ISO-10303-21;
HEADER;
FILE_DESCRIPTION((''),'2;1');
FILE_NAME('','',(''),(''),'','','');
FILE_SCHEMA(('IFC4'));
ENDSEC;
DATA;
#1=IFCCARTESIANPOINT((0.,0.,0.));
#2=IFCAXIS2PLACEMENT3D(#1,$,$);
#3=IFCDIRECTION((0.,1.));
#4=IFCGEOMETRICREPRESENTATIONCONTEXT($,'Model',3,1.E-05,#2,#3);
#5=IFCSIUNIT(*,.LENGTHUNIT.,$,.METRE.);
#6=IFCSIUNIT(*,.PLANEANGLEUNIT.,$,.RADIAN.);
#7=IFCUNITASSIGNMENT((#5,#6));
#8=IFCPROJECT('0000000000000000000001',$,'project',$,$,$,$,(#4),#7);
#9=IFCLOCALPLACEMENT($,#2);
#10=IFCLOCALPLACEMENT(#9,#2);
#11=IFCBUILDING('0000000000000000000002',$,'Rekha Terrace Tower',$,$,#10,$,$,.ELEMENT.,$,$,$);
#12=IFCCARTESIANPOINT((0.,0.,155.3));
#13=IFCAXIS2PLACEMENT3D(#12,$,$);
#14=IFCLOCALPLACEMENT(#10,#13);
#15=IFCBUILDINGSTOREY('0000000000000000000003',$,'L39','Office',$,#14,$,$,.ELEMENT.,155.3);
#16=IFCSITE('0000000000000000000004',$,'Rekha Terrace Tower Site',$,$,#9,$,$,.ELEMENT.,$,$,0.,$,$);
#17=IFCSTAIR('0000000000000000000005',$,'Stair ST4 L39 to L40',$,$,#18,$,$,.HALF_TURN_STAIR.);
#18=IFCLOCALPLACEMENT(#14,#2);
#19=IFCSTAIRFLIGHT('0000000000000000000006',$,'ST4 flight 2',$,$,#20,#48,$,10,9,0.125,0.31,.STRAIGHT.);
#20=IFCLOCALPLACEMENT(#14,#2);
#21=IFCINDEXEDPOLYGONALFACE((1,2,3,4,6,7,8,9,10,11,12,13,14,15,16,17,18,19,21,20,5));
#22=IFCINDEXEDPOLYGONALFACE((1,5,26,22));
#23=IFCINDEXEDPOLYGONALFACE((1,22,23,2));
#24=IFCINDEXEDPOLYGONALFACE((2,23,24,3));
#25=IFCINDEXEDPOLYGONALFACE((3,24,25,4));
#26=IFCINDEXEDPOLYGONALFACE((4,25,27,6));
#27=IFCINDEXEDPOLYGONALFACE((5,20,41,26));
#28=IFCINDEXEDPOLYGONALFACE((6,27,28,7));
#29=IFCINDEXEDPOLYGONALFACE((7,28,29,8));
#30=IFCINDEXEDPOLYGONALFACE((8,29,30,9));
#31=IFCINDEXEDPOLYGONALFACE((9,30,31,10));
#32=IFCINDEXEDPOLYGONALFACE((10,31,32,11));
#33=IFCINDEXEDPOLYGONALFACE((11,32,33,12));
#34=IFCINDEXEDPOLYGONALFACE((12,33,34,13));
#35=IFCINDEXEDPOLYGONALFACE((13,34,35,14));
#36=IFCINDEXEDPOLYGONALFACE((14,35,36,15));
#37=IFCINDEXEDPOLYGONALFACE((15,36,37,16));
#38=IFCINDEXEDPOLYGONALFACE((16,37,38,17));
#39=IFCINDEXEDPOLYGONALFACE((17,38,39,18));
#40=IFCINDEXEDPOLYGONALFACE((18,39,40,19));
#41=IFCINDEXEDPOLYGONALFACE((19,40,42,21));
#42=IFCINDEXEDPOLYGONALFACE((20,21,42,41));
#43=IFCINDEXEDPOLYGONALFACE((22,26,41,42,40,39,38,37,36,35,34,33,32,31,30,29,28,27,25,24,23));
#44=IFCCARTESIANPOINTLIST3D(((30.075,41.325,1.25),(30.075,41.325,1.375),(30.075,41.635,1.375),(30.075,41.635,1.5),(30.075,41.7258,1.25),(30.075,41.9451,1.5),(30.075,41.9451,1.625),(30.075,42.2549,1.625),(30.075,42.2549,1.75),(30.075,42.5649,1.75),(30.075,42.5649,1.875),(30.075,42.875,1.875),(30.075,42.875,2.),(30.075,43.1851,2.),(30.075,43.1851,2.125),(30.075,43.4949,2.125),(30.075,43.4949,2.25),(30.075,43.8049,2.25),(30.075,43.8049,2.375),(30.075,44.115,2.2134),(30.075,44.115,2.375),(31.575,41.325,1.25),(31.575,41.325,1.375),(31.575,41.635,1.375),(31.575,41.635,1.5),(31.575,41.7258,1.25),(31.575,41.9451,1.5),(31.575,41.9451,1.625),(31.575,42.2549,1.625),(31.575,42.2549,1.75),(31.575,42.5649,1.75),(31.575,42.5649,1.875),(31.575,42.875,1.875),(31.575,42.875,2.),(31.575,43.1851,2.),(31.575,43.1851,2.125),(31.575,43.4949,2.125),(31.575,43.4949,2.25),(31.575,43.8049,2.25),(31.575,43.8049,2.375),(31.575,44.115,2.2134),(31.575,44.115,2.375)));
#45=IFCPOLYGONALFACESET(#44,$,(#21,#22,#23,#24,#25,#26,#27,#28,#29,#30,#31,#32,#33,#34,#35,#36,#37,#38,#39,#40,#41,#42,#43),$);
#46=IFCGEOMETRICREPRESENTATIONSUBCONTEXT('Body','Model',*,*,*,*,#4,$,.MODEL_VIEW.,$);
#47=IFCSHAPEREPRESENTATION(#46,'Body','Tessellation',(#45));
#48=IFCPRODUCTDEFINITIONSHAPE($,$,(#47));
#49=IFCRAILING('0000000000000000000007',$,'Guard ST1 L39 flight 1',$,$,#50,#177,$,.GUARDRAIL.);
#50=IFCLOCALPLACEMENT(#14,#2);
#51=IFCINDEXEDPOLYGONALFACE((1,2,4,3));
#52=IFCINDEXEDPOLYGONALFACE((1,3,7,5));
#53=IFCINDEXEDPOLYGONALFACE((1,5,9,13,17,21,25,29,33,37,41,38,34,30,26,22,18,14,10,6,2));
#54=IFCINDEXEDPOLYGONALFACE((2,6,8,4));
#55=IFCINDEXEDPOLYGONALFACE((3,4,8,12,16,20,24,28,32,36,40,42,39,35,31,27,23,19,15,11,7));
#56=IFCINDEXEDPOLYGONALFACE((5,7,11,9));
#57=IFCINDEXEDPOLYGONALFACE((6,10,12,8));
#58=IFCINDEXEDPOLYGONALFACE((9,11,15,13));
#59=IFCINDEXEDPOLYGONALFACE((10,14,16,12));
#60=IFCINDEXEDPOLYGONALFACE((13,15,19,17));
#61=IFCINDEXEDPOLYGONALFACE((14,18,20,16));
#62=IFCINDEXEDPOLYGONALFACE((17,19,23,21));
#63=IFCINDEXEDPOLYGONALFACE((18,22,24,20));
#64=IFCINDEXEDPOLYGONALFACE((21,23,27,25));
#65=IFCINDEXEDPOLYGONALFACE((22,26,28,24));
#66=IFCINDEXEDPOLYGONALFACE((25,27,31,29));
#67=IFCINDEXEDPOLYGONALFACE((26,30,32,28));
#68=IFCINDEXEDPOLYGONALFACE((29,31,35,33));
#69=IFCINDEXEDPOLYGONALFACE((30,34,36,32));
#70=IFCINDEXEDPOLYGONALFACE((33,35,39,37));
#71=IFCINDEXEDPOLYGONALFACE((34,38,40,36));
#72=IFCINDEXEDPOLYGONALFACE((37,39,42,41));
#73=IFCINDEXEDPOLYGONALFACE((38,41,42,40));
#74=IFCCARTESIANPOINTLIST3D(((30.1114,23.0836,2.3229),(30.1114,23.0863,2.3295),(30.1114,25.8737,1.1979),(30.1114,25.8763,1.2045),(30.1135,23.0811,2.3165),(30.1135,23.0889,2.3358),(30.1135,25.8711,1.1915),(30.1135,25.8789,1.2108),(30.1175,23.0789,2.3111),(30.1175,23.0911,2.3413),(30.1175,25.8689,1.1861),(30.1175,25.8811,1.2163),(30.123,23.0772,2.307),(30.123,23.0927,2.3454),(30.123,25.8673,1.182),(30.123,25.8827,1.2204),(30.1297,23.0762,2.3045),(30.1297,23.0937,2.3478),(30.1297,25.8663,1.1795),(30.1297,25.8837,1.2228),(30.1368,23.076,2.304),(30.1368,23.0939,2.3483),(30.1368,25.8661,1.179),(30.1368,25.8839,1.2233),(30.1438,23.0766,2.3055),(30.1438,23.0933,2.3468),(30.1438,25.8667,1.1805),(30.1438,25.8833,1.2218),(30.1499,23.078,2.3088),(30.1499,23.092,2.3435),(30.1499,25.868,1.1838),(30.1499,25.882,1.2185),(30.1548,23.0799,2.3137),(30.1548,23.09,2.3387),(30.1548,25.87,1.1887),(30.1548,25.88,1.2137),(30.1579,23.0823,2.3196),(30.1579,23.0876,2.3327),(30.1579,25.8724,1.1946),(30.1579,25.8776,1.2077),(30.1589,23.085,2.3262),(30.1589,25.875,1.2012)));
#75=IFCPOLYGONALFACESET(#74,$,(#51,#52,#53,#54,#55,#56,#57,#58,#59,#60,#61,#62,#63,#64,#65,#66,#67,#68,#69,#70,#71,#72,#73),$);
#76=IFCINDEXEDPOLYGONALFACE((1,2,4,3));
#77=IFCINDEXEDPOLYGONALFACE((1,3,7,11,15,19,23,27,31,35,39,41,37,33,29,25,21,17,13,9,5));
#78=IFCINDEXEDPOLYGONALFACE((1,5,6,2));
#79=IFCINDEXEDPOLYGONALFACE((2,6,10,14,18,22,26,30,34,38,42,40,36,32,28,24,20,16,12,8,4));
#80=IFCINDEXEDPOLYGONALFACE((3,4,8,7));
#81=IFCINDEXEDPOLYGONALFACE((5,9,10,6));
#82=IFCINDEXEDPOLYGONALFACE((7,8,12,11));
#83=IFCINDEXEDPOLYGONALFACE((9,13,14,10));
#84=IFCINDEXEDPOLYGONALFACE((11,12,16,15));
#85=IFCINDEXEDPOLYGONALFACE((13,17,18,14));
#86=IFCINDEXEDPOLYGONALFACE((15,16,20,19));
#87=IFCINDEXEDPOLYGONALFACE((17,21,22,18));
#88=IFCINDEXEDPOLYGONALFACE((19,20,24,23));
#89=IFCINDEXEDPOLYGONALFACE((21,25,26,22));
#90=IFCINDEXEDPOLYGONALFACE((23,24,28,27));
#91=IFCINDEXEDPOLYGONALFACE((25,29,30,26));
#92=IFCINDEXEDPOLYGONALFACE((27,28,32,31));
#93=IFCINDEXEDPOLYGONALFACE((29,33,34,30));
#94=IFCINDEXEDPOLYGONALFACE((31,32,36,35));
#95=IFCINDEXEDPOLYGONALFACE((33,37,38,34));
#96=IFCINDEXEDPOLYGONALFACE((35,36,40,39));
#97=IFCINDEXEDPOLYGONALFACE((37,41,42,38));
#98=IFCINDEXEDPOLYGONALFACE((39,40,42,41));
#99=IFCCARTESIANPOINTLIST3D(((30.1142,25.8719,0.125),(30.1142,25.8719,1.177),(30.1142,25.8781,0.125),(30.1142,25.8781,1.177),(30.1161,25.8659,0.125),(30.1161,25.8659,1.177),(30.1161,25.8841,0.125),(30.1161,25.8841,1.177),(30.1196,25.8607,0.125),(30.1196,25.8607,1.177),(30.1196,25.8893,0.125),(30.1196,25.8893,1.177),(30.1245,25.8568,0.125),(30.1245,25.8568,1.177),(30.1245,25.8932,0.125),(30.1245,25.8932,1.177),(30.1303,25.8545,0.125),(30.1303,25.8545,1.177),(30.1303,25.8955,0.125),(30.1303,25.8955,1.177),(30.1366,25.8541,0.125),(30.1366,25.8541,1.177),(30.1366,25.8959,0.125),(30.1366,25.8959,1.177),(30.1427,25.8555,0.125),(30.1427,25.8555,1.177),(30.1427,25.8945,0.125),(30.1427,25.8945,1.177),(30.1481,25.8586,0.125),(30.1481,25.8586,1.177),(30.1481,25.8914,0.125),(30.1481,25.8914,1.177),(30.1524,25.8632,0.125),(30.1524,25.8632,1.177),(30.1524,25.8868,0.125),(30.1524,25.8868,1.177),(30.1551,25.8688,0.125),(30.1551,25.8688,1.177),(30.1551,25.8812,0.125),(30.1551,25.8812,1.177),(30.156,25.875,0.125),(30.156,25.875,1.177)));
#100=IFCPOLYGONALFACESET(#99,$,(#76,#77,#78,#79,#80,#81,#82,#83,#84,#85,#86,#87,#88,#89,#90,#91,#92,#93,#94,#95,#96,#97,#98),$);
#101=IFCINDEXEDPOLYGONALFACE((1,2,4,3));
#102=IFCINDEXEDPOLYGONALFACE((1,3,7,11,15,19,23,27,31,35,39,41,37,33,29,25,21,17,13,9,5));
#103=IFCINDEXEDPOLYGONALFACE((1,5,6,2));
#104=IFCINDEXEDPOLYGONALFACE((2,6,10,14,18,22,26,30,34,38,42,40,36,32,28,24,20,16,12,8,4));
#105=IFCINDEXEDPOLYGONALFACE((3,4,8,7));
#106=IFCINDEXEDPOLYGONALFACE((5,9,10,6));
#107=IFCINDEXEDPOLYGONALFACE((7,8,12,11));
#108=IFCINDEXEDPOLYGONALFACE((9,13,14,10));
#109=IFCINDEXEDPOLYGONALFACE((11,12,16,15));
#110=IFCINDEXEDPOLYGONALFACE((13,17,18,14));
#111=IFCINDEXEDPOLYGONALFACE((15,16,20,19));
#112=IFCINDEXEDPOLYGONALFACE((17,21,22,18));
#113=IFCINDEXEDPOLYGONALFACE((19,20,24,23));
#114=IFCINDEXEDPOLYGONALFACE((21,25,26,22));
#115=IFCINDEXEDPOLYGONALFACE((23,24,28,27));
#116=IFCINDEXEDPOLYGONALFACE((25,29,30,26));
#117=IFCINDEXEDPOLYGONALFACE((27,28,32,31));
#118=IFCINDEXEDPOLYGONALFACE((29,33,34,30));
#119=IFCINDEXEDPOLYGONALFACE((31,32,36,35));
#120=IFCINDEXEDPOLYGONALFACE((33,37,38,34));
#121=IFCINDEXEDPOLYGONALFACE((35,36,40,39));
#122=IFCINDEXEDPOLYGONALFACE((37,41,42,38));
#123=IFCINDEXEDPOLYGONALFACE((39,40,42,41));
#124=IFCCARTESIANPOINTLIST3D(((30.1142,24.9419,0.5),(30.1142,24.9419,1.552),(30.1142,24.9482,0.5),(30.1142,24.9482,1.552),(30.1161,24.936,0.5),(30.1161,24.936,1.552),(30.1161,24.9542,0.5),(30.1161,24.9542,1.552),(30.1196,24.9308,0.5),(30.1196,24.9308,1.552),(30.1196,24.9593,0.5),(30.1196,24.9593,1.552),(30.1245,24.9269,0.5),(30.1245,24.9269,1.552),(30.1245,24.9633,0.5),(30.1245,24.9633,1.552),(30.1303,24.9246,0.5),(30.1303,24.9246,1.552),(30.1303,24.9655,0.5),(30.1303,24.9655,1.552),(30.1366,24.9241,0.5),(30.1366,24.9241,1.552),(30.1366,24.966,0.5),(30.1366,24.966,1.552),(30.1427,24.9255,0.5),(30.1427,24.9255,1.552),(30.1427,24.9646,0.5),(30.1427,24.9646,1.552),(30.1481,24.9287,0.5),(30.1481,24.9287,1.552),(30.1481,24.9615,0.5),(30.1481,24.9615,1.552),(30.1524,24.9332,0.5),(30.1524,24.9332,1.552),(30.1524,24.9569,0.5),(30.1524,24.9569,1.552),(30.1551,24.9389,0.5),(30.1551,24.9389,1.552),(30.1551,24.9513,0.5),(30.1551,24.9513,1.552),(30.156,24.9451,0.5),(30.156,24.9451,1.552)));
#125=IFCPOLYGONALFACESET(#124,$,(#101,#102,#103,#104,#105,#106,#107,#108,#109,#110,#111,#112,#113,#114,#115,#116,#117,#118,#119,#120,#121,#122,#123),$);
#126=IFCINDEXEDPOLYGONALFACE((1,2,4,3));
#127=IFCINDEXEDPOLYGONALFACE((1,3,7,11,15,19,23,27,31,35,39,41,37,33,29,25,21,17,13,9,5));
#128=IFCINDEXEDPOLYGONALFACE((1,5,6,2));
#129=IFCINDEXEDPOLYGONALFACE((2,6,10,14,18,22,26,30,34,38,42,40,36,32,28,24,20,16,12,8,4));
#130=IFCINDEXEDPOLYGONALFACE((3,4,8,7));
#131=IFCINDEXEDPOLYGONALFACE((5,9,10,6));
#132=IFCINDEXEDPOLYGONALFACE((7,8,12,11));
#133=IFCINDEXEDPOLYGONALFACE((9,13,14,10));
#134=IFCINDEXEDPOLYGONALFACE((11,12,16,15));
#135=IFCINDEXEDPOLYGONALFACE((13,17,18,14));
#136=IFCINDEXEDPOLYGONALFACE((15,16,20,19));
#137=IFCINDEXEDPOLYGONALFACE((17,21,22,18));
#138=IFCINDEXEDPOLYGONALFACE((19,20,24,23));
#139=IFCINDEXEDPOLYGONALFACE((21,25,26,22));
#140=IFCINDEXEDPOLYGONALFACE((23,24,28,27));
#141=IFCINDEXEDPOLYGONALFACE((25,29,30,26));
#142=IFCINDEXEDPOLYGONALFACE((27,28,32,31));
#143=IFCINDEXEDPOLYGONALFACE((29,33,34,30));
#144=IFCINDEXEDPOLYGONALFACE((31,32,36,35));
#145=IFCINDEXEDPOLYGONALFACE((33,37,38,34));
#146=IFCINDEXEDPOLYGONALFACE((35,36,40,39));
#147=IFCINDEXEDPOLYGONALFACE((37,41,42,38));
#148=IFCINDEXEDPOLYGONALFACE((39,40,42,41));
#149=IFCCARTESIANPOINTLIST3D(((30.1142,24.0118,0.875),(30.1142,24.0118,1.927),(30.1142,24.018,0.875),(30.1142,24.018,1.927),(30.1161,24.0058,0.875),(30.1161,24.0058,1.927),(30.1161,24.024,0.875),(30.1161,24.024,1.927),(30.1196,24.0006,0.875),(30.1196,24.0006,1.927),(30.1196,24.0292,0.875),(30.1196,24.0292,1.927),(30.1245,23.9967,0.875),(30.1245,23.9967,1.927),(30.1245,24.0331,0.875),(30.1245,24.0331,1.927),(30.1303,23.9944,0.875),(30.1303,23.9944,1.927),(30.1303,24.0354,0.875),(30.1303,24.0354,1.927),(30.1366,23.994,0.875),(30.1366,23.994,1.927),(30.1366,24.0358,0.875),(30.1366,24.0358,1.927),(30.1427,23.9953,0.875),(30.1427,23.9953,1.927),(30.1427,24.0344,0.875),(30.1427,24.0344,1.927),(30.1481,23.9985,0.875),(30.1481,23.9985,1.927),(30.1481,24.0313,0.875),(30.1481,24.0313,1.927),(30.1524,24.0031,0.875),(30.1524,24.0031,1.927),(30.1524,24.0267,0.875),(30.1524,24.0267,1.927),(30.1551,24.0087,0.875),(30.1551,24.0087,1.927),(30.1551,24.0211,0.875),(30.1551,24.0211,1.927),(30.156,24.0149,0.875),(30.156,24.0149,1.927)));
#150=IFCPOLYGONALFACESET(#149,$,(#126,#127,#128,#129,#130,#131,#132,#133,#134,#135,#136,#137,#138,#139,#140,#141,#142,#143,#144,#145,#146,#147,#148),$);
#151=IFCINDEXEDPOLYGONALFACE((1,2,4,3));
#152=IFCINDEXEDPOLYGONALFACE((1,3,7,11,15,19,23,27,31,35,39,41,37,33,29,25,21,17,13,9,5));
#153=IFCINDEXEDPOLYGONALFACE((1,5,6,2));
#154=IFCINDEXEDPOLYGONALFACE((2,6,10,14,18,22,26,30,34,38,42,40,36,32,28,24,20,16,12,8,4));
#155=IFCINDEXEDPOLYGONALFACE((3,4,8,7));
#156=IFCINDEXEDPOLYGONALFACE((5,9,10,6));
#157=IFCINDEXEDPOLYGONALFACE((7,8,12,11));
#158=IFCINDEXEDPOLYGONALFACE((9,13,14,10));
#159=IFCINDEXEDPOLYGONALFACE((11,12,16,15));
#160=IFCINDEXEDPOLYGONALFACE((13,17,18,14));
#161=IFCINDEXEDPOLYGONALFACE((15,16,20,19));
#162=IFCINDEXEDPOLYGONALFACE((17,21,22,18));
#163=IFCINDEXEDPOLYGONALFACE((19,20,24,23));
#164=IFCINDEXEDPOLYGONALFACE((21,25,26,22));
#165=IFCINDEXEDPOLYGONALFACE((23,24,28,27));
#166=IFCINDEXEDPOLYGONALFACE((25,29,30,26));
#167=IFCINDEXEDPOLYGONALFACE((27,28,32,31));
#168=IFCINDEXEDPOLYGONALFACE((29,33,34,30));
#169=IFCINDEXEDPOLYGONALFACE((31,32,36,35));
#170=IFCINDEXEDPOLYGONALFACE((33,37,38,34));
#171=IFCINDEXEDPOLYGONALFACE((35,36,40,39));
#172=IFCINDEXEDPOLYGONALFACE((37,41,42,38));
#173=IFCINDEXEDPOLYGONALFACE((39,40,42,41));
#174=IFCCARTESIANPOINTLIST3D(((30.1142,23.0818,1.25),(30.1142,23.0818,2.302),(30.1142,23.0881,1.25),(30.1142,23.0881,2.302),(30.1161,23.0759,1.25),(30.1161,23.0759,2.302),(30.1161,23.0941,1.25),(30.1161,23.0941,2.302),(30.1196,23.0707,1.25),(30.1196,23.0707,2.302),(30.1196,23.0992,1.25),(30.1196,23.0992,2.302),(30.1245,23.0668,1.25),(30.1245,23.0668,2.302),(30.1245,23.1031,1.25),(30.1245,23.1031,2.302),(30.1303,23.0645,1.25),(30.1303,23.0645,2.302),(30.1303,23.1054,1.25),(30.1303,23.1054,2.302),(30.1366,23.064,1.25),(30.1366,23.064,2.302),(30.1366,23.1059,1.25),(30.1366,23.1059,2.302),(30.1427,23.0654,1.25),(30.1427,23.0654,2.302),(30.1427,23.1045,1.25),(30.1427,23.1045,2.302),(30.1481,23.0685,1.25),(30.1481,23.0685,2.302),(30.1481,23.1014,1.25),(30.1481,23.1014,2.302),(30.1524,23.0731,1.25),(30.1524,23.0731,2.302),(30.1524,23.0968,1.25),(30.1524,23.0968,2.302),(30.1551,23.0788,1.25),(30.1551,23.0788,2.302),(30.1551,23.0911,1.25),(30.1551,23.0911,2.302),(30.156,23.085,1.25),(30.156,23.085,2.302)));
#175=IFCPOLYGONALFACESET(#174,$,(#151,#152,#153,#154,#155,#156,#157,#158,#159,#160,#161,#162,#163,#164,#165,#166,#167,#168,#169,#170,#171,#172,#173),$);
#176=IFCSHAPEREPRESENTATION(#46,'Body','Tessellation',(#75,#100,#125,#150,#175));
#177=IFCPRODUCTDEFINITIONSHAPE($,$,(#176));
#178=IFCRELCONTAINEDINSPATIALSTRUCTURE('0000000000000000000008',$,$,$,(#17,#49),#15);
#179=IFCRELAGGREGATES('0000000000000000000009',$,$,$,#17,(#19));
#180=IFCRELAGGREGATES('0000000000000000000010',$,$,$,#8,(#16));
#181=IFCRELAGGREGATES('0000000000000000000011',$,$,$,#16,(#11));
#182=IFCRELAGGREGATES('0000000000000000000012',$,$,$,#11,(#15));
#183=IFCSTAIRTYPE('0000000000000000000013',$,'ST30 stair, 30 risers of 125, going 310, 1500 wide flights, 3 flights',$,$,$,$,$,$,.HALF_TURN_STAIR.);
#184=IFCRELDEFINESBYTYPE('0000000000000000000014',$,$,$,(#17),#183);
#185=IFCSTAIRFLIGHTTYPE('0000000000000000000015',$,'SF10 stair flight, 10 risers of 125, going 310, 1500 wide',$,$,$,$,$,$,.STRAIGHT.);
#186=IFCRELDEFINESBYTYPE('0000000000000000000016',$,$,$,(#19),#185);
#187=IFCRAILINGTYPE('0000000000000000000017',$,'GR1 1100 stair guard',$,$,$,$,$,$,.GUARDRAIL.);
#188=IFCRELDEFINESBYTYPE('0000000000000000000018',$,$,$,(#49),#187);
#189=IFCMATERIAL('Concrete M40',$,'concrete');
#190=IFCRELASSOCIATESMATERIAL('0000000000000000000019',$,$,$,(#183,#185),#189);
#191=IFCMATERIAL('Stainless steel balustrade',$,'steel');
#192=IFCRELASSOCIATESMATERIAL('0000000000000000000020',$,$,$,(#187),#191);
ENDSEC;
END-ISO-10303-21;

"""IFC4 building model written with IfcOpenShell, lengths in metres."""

from ifc_helpers import new_model, si_unit, direction, frame, origin, origin_2d, place, context, subcontext, project, spatial, polyline, circle, outline, extrude, material, type_object, element, aggregate, save


model = new_model("IFC4")

# Units and contexts
model_context = context("Model", 3, precision=1e-05, world=origin(), true_north=direction((0.0, 1.0)))
body_context = subcontext(model_context, "Body", "Model", "MODEL_VIEW")
ifc_project = project(units=[si_unit("LENGTHUNIT", "METRE"), si_unit("PLANEANGLEUNIT", "RADIAN")], contexts=[model_context])

# Site, building, storey
site_placement = place(None, origin())
site = spatial("IfcSite", under=ifc_project, at=site_placement, Name="Rekha Terrace Tower Site", CompositionType="ELEMENT", RefElevation=0.0)
building_placement = place(site_placement, origin())
building = spatial("IfcBuilding", under=site, at=building_placement, Name="Rekha Terrace Tower", CompositionType="ELEMENT")
storey_placement = place(building_placement, frame((0.0, 0.0, 155.3)))
storey = spatial("IfcBuildingStorey", under=building, at=storey_placement, Name="L39", Description="Office", CompositionType="ELEMENT", Elevation=155.3)

# Shared definitions
ifc_material_1 = material(Name="Concrete M40", Category="concrete")
stair_type = type_object("IfcStairType", Name="ST30 stair, 30 risers of 125, going 310, 1500 wide flights, 3 flights", PredefinedType="HALF_TURN_STAIR", material=ifc_material_1)
stair_flight_type = type_object("IfcStairFlightType", Name="SF10 stair flight, 10 risers of 125, going 310, 1500 wide", PredefinedType="STRAIGHT", material=ifc_material_1)

# Stair, stair flight
stair_1_placement = place(storey_placement, origin())
stair_1 = element("IfcStair", 1, at=stair_1_placement, inside=storey, type_object=stair_type, Name="Stair ST4 L39 to L40", PredefinedType="HALF_TURN_STAIR")
stair_flight_1_placement = place(storey_placement, frame((30.825, 41.325, 1.25), z_axis=(0.0, 0.0, 1.0), x_axis=(0.0, 1.0, 0.0)))
stair_flight_1 = element("IfcStairFlight", 2, at=stair_flight_1_placement, type_object=stair_flight_type, Name="ST4 flight 2", NumberOfRisers=10, NumberOfTreads=9, PredefinedType="STRAIGHT", RiserHeight=0.125, TreadLength=0.31, context=body_context, shape_type="SweptSolid", body=[
    extrude(outline(polyline([(0.0, 0.0), (0.0, 0.125), (0.3101, 0.125), (0.3101, 0.25), (0.6201, 0.25), (0.6201, 0.375), (0.9299, 0.375), (0.9299, 0.5), (1.24, 0.5), (1.24, 0.625), (1.55, 0.625), (1.55, 0.75), (1.8601, 0.75), (1.8601, 0.875), (2.1699, 0.875), (2.1699, 1.0), (2.48, 1.0), (2.48, 1.125), (2.79, 1.125), (2.79, 1.25), (2.79, 0.9634), (0.4009, 0.0), (0.0, 0.0)])), frame((0.0, 0.75, 0.0), z_axis=(0.0, -1.0, 0.0), x_axis=(1.0, 0.0, 0.0)), (0.0, 0.0, 1.0), 1.5),
])
aggregate(stair_1, [stair_flight_1])

# Railing
ifc_material_2 = material(Name="Stainless steel balustrade", Category="steel")
railing_type_1 = type_object("IfcRailingType", Name="GR1 1100 stair guard", PredefinedType="GUARDRAIL", material=ifc_material_2)
railing_1_placement = place(storey_placement, frame((30.135, 25.875, 0.125)))
element("IfcRailing", 3, at=railing_1_placement, inside=storey, type_object=railing_type_1, Name="Guard ST1 L39 flight 1", PredefinedType="GUARDRAIL", context=body_context, shape_type="SweptSolid", body=[
    extrude(circle(Radius=0.0239, at=origin_2d()), frame((0.0, 0.0, 1.0762), z_axis=(0.0, -0.927443, 0.373964), x_axis=(1.0, 0.0, 0.0)), (0.0, 0.0, 1.0), 3.0083),
    extrude(circle(Radius=0.021, at=origin_2d()), origin(), (0.0, 0.0, 1.0), 1.052),
    extrude(circle(Radius=0.021, at=origin_2d()), frame((0.0, -0.9299, 0.375)), (0.0, 0.0, 1.0), 1.052),
    extrude(circle(Radius=0.021, at=origin_2d()), frame((0.0, -1.8601, 0.75)), (0.0, 0.0, 1.0), 1.052),
    extrude(circle(Radius=0.021, at=origin_2d()), frame((0.0, -2.79, 1.125)), (0.0, 0.0, 1.0), 1.052),
])

save(model, "model.ifc")
